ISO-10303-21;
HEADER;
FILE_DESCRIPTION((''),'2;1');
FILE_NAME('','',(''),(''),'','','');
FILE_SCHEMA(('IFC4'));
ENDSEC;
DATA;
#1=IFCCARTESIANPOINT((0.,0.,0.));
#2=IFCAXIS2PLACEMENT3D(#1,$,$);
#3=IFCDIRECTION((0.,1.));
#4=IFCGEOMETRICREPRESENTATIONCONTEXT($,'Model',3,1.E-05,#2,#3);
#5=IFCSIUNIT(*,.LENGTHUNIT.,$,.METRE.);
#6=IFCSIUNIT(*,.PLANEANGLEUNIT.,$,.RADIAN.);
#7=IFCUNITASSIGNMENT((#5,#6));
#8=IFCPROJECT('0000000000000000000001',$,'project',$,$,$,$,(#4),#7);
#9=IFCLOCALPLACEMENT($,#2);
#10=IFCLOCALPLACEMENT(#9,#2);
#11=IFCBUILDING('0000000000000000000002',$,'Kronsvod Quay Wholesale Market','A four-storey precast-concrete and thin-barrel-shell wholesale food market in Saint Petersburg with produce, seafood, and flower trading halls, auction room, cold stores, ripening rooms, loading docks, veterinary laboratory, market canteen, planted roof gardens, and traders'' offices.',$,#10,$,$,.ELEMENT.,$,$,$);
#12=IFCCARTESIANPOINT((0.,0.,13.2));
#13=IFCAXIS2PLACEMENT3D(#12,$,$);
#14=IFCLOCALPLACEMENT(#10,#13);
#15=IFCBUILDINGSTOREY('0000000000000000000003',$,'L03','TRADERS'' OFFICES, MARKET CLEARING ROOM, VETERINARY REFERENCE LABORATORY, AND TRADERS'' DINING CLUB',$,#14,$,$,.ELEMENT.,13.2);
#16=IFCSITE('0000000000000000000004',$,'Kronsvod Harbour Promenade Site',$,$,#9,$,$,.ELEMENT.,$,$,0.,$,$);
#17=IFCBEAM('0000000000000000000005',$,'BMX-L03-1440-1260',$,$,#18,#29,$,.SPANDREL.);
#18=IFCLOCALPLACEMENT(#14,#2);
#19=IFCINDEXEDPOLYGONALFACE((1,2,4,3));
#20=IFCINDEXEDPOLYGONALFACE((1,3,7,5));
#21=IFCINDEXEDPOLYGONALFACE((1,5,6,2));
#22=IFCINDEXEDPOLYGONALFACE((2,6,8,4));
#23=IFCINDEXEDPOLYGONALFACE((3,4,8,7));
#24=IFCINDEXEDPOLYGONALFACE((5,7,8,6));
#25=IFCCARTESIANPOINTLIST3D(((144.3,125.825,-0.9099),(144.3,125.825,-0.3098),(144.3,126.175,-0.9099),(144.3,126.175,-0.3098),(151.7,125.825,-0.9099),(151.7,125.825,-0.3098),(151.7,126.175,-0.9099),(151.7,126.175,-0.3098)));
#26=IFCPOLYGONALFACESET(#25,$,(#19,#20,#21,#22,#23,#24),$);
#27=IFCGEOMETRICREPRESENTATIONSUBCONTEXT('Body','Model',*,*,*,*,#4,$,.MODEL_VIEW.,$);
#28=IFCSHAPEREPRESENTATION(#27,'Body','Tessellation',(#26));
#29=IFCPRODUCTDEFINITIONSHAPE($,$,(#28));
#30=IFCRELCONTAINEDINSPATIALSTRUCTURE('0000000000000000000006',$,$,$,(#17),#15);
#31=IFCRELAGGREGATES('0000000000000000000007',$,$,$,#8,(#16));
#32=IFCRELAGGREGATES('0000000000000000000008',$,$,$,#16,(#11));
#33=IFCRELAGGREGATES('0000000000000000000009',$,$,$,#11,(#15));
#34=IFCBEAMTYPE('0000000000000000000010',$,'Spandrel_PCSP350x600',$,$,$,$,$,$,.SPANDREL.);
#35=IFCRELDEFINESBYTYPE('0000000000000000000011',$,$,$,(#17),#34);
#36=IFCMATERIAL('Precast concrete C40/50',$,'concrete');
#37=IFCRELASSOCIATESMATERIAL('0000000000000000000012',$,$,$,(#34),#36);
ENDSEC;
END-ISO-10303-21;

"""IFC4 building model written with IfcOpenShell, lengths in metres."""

from ifc_helpers import new_model, si_unit, direction, frame, origin, origin_2d, place, context, subcontext, project, spatial, rectangle, extrude, material, material_profile, profile_set, type_object, element, save


model = new_model("IFC4")

# Units and contexts
model_context = context("Model", 3, precision=1e-05, world=origin(), true_north=direction((0.0, 1.0)))
body_context = subcontext(model_context, "Body", "Model", "MODEL_VIEW")
ifc_project = project(units=[si_unit("LENGTHUNIT", "METRE"), si_unit("PLANEANGLEUNIT", "RADIAN")], contexts=[model_context])

# Site, building, storey
site_placement = place(None, origin())
site = spatial("IfcSite", under=ifc_project, at=site_placement, Name="Kronsvod Harbour Promenade Site", CompositionType="ELEMENT", RefElevation=0.0)
building_placement = place(site_placement, origin())
building = spatial("IfcBuilding", under=site, at=building_placement, Name="Kronsvod Quay Wholesale Market", Description="A four-storey precast-concrete and thin-barrel-shell wholesale food market in Saint Petersburg with produce, seafood, and flower trading halls, auction room, cold stores, ripening rooms, loading docks, veterinary laboratory, market canteen, planted roof gardens, and traders' offices.", CompositionType="ELEMENT")
storey_placement = place(building_placement, frame((0.0, 0.0, 13.2)))
storey = spatial("IfcBuildingStorey", under=building, at=storey_placement, Name="L03", Description="TRADERS' OFFICES, MARKET CLEARING ROOM, VETERINARY REFERENCE LABORATORY, AND TRADERS' DINING CLUB", CompositionType="ELEMENT", Elevation=13.2)

# Beam
ifc_material_1 = material(Name="Precast concrete C40/50", Category="concrete")
ifc_material_profile_1 = material_profile(ifc_material_1, rectangle(XDim=0.3501, YDim=0.6001, at=origin_2d()), Name="PCSP350x600")
ifc_profile_set_1 = profile_set([ifc_material_profile_1], Name="Precast concrete C40/50")
beam_type_1 = type_object("IfcBeamType", Name="Spandrel_PCSP350x600", PredefinedType="SPANDREL", material=ifc_profile_set_1)
beam_1_placement = place(storey_placement, frame((144.3, 126.0, -0.6099), z_axis=(1.0, 0.0, 0.0), x_axis=(0.0, 1.0, 0.0)))
element("IfcBeam", 1, at=beam_1_placement, inside=storey, type_object=beam_type_1, Name="BMX-L03-1440-1260", PredefinedType="SPANDREL", context=body_context, shape_type="SweptSolid", body=[
    extrude(rectangle(XDim=0.3501, YDim=0.6001, at=origin_2d()), origin(), (0.0, 0.0, 1.0), 7.3999),
])

save(model, "model.ifc")
